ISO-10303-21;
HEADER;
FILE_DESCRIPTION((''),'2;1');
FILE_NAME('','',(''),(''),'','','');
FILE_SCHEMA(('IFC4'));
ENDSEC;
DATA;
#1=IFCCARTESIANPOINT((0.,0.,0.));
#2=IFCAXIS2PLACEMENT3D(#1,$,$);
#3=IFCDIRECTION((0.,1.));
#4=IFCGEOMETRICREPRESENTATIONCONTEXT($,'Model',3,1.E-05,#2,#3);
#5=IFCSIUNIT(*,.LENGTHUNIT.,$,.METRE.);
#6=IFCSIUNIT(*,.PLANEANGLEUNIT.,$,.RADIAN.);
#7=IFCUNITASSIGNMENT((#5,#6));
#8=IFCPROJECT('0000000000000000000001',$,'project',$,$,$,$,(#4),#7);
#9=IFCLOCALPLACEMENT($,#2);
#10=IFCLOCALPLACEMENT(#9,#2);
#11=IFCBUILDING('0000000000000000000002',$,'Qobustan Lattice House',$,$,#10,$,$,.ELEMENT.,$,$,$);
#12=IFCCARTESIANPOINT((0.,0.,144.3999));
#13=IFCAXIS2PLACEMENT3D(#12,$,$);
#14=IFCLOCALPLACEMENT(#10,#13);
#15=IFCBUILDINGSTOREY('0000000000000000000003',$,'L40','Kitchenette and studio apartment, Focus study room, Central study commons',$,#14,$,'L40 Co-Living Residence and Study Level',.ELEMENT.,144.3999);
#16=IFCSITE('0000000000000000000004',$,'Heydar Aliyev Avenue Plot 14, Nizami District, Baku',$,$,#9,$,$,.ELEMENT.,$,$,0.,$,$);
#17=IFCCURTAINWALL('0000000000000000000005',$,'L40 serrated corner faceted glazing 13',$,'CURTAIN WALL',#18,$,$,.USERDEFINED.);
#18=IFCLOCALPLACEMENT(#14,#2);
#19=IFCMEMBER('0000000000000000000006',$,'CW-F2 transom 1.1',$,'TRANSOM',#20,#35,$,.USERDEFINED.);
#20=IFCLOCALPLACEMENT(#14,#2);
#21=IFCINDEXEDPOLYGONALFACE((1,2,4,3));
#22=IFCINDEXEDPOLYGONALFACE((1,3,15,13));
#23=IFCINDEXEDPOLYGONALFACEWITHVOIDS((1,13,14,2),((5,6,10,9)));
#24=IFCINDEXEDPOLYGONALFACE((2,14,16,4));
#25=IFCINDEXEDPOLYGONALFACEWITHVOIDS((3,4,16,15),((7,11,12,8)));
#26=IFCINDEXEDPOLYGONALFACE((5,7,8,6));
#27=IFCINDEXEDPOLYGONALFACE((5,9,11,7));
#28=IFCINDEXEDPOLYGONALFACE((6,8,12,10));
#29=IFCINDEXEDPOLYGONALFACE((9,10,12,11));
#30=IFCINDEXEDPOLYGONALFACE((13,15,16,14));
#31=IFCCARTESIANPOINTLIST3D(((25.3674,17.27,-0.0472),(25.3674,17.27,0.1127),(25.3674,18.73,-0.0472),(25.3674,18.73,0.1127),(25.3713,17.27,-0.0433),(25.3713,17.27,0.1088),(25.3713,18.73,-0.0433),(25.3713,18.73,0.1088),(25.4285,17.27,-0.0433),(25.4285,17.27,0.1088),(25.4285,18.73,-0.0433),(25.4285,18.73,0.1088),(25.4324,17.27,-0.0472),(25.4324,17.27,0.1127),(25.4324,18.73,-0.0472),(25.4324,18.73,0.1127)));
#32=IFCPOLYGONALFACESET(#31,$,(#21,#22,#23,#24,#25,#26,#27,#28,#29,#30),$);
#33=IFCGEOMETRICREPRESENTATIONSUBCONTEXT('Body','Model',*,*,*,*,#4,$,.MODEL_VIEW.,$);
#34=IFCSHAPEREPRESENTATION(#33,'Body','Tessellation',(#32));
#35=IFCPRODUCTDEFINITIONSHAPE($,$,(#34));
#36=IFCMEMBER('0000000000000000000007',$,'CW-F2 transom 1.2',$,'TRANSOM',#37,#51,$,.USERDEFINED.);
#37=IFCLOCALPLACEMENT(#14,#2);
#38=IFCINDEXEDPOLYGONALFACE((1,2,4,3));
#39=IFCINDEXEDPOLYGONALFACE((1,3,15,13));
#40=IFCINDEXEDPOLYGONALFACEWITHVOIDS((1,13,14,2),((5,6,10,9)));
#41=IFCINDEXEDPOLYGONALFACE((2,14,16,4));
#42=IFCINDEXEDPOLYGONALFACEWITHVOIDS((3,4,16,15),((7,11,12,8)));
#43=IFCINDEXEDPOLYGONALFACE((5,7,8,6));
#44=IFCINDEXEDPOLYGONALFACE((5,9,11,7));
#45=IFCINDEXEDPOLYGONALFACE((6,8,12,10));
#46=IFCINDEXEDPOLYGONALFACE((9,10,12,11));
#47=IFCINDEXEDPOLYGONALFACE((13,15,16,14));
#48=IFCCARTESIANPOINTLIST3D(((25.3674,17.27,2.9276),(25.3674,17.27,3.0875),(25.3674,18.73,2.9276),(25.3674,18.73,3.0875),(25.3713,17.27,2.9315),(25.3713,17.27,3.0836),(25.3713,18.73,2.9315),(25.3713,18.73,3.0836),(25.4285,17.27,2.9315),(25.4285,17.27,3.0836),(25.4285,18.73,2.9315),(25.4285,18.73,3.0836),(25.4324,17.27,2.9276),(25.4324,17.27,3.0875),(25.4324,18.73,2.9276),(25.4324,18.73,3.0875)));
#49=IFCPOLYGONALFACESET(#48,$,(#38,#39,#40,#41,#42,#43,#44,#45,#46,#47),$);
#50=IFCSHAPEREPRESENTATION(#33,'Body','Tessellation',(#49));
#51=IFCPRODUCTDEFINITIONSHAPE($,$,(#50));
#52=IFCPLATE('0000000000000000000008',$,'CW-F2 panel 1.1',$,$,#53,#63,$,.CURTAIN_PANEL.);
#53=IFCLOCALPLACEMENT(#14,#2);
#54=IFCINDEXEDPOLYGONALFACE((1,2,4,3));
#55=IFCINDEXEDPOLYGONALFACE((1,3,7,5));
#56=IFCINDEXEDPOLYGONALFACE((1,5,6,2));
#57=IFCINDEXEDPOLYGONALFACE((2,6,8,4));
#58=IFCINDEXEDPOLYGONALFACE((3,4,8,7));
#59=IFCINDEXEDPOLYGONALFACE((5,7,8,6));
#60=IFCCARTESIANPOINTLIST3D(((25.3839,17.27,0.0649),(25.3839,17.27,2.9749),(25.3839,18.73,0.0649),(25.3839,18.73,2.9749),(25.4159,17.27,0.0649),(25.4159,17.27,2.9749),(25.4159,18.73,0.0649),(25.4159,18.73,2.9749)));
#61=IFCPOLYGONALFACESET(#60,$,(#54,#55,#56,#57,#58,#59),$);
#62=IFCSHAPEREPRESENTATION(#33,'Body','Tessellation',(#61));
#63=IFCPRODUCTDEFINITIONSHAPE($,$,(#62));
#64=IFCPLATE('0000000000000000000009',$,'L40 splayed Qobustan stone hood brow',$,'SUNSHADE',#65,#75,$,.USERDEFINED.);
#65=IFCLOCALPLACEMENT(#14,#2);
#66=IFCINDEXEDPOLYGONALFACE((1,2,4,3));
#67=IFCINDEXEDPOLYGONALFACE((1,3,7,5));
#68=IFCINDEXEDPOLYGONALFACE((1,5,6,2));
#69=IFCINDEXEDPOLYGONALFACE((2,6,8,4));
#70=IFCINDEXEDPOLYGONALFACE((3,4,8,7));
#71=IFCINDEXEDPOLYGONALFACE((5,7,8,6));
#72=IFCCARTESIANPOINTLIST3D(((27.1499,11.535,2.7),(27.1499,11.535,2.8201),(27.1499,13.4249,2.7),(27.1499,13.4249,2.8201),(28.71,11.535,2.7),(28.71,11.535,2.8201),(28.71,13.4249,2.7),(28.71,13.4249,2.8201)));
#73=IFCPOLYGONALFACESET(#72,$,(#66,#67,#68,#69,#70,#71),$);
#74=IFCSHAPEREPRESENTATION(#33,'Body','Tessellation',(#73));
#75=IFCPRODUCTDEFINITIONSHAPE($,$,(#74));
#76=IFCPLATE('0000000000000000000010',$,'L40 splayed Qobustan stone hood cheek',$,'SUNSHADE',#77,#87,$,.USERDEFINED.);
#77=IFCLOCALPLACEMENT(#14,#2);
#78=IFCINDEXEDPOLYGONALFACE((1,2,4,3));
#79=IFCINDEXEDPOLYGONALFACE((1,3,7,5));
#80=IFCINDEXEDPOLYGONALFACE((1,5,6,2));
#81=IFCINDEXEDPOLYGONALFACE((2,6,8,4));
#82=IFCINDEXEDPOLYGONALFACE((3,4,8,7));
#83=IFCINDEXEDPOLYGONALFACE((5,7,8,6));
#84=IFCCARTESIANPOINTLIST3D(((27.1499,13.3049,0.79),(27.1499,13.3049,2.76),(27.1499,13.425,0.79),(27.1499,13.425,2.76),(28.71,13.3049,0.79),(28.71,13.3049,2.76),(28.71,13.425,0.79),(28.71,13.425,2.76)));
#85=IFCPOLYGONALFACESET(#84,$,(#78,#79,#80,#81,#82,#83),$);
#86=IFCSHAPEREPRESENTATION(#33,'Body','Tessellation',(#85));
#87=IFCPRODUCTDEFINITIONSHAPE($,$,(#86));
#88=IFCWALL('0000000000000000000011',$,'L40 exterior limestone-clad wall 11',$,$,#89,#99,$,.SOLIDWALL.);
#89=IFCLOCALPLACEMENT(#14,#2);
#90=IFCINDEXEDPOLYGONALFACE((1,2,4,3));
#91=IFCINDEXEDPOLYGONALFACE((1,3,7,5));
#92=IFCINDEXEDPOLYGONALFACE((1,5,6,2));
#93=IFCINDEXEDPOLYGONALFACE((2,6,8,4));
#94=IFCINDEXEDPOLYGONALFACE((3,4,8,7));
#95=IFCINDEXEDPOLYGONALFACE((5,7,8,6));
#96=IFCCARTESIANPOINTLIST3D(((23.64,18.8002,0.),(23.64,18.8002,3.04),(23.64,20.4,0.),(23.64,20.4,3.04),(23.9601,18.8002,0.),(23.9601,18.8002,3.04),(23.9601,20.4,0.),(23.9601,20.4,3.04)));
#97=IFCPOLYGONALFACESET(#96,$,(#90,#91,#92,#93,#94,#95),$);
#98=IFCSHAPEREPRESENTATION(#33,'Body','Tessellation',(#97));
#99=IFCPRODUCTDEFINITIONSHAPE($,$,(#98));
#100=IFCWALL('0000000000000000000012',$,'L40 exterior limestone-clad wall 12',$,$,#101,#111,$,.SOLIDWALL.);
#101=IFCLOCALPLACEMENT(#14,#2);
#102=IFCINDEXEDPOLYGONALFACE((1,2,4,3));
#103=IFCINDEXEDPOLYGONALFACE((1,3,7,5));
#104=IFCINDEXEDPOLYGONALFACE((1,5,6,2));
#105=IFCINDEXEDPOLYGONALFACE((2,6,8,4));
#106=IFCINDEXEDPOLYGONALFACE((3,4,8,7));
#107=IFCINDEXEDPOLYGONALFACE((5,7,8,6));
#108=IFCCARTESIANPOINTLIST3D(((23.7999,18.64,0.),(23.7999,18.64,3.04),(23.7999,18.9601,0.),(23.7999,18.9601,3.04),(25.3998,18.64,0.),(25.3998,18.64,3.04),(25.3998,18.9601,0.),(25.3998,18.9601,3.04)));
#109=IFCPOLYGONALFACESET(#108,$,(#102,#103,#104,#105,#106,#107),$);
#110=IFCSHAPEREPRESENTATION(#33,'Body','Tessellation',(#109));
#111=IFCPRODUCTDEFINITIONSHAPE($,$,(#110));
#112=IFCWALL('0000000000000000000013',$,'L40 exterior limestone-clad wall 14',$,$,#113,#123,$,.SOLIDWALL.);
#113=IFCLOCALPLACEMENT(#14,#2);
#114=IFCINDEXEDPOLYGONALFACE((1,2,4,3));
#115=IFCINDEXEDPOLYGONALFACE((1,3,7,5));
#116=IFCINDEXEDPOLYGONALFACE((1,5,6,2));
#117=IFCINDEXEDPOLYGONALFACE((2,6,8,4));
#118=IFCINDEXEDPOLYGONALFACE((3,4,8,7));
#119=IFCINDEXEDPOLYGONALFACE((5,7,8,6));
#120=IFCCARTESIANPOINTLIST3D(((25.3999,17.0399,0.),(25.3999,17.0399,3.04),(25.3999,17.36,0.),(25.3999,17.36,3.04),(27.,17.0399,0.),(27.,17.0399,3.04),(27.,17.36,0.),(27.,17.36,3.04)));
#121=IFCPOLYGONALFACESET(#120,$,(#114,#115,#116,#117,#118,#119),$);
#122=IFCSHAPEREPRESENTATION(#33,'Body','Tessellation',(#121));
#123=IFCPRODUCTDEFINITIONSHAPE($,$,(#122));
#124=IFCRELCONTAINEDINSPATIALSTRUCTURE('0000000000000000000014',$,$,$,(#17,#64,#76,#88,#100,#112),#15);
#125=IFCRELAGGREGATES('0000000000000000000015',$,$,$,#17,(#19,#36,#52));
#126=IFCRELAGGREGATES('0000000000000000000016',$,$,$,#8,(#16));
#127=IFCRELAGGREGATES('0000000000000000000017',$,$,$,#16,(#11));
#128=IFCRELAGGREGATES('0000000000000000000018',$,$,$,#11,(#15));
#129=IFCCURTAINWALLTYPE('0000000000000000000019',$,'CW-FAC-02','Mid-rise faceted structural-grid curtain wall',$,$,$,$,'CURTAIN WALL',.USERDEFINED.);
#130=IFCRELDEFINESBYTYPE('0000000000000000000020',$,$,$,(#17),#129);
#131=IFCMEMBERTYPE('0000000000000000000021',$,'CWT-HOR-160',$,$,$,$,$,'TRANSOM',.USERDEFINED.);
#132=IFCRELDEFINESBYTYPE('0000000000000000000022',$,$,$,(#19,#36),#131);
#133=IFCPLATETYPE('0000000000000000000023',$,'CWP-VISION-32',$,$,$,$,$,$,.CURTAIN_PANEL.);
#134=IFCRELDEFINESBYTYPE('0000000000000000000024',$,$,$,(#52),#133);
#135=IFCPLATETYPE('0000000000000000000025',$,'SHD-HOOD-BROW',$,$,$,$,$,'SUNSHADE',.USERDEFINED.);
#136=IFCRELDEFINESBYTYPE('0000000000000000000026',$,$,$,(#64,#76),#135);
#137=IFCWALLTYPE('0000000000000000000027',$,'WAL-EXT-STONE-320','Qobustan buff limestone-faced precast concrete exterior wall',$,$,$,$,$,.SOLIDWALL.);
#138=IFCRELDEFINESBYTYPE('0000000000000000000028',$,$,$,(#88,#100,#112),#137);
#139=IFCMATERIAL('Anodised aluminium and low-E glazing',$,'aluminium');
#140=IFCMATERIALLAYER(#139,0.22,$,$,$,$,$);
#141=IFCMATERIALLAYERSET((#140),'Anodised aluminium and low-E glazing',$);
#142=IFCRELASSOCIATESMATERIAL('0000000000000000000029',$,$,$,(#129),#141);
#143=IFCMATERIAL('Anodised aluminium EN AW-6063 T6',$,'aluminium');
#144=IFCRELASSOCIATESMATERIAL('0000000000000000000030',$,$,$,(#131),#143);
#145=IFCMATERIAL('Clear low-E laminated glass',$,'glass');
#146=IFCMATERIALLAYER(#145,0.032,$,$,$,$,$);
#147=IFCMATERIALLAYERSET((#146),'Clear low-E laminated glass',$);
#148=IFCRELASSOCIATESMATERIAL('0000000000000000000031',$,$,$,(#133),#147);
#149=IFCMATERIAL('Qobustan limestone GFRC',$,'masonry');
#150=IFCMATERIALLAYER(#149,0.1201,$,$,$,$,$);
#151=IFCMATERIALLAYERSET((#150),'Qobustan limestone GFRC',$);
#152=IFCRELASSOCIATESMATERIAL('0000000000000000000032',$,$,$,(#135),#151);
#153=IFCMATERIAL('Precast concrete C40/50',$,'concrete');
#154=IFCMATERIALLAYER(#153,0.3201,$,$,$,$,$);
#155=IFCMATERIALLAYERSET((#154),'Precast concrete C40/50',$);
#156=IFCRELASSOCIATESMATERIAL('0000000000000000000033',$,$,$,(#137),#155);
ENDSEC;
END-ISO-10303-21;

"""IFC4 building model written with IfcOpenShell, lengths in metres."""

from ifc_helpers import new_model, si_unit, direction, frame, frame_2d, origin, origin_2d, place, context, subcontext, project, spatial, rectangle, hollow_rectangle, extrude, material, layer, layer_set, material_profile, profile_set, type_object, element, aggregate, save


model = new_model("IFC4")

# Units and contexts
model_context = context("Model", 3, precision=1e-05, world=origin(), true_north=direction((0.0, 1.0)))
body_context = subcontext(model_context, "Body", "Model", "MODEL_VIEW")
ifc_project = project(units=[si_unit("LENGTHUNIT", "METRE"), si_unit("PLANEANGLEUNIT", "RADIAN")], contexts=[model_context])

# Site, building, storey
site_placement = place(None, origin())
site = spatial("IfcSite", under=ifc_project, at=site_placement, Name="Heydar Aliyev Avenue Plot 14, Nizami District, Baku", CompositionType="ELEMENT", RefElevation=0.0)
building_placement = place(site_placement, origin())
building = spatial("IfcBuilding", under=site, at=building_placement, Name="Qobustan Lattice House", CompositionType="ELEMENT")
storey_placement = place(building_placement, frame((0.0, 0.0, 144.3999)))
storey = spatial("IfcBuildingStorey", under=building, at=storey_placement, Name="L40", Description="Kitchenette and studio apartment, Focus study room, Central study commons", LongName="L40 Co-Living Residence and Study Level", CompositionType="ELEMENT", Elevation=144.3999)

# Curtain wall, members, plate
ifc_material_1 = material(Name="Anodised aluminium and low-E glazing", Category="aluminium")
ifc_layer_1 = layer(ifc_material_1, 0.22)
ifc_layer_set_1 = layer_set([ifc_layer_1], Name="Anodised aluminium and low-E glazing")
curtain_wall_type = type_object("IfcCurtainWallType", Name="CW-FAC-02", Description="Mid-rise faceted structural-grid curtain wall", ElementType="CURTAIN WALL", PredefinedType="USERDEFINED", material=ifc_layer_set_1)
curtain_wall_placement = place(storey_placement, origin())
curtain_wall = element("IfcCurtainWall", 1, at=curtain_wall_placement, inside=storey, type_object=curtain_wall_type, Name="L40 serrated corner faceted glazing 13", ObjectType="CURTAIN WALL", PredefinedType="USERDEFINED")
ifc_material_2 = material(Name="Anodised aluminium EN AW-6063 T6", Category="aluminium")
ifc_material_profile_1 = material_profile(ifc_material_2, hollow_rectangle(XDim=0.0649, YDim=0.1599, WallThickness=0.0039, at=origin_2d()), Name="CWT-160x65")
ifc_profile_set_1 = profile_set([ifc_material_profile_1], Name="Anodised aluminium EN AW-6063 T6")
member_type_1 = type_object("IfcMemberType", Name="CWT-HOR-160", ElementType="TRANSOM", PredefinedType="USERDEFINED", material=ifc_profile_set_1)
member_1_placement = place(storey_placement, frame((25.3999, 18.73, 0.0327), z_axis=(0.0, -1.0, 0.0), x_axis=(1.0, 0.0, 0.0)))
member_1 = element("IfcMember", 2, at=member_1_placement, type_object=member_type_1, Name="CW-F2 transom 1.1", ObjectType="TRANSOM", PredefinedType="USERDEFINED", context=body_context, shape_type="SweptSolid", body=[
    extrude(hollow_rectangle(XDim=0.0649, YDim=0.1599, WallThickness=0.0039, at=origin_2d()), origin(), (0.0, 0.0, 1.0), 1.46),
])
member_2_placement = place(storey_placement, frame((25.3999, 18.73, 3.0076), z_axis=(0.0, -1.0, 0.0), x_axis=(1.0, 0.0, 0.0)))
member_2 = element("IfcMember", 3, at=member_2_placement, type_object=member_type_1, Name="CW-F2 transom 1.2", ObjectType="TRANSOM", PredefinedType="USERDEFINED", context=body_context, shape_type="SweptSolid", body=[
    extrude(hollow_rectangle(XDim=0.0649, YDim=0.1599, WallThickness=0.0039, at=origin_2d()), origin(), (0.0, 0.0, 1.0), 1.46),
])
ifc_material_3 = material(Name="Clear low-E laminated glass", Category="glass")
ifc_layer_2 = layer(ifc_material_3, 0.032)
ifc_layer_set_2 = layer_set([ifc_layer_2], Name="Clear low-E laminated glass")
plate_type_1 = type_object("IfcPlateType", Name="CWP-VISION-32", PredefinedType="CURTAIN_PANEL", material=ifc_layer_set_2)
plate_1_placement = place(storey_placement, frame((25.3999, 18.0, 0.0649), z_axis=(0.0, 0.0, 1.0), x_axis=(0.0, -1.0, 0.0)))
plate_1 = element("IfcPlate", 4, at=plate_1_placement, type_object=plate_type_1, Name="CW-F2 panel 1.1", PredefinedType="CURTAIN_PANEL", context=body_context, shape_type="SweptSolid", body=[
    extrude(rectangle(XDim=1.46, YDim=0.032, at=origin_2d()), origin(), (0.0, 0.0, 1.0), 2.9099),
])
aggregate(curtain_wall, [member_1, member_2, plate_1])

# Plates
ifc_material_4 = material(Name="Qobustan limestone GFRC", Category="masonry")
ifc_layer_3 = layer(ifc_material_4, 0.1201)
ifc_layer_set_3 = layer_set([ifc_layer_3], Name="Qobustan limestone GFRC")
plate_type_2 = type_object("IfcPlateType", Name="SHD-HOOD-BROW", ElementType="SUNSHADE", PredefinedType="USERDEFINED", material=ifc_layer_set_3)
plate_2_placement = place(storey_placement, frame((27.9299, 12.48, 2.7), z_axis=(0.0, 0.0, 1.0), x_axis=(0.0, -1.0, 0.0)))
element("IfcPlate", 5, at=plate_2_placement, inside=storey, type_object=plate_type_2, Name="L40 splayed Qobustan stone hood brow", ObjectType="SUNSHADE", PredefinedType="USERDEFINED", context=body_context, shape_type="SweptSolid", body=[
    extrude(rectangle(XDim=1.8899, YDim=1.5601, at=origin_2d()), origin(), (0.0, 0.0, 1.0), 0.1201),
])
plate_3_placement = place(storey_placement, frame((27.9299, 13.365, 0.79), z_axis=(0.0, 0.0, 1.0), x_axis=(0.0, -1.0, 0.0)))
element("IfcPlate", 6, at=plate_3_placement, inside=storey, type_object=plate_type_2, Name="L40 splayed Qobustan stone hood cheek", ObjectType="SUNSHADE", PredefinedType="USERDEFINED", context=body_context, shape_type="SweptSolid", body=[
    extrude(rectangle(XDim=0.1201, YDim=1.5601, at=origin_2d()), origin(), (0.0, 0.0, 1.0), 1.97),
])

# Walls
ifc_material_5 = material(Name="Precast concrete C40/50", Category="concrete")
ifc_layer_4 = layer(ifc_material_5, 0.3201)
ifc_layer_set_4 = layer_set([ifc_layer_4], Name="Precast concrete C40/50")
wall_type_1 = type_object("IfcWallType", Name="WAL-EXT-STONE-320", Description="Qobustan buff limestone-faced precast concrete exterior wall", PredefinedType="SOLIDWALL", material=ifc_layer_set_4)
for number, where, z_axis, x_axis, name in (
    (7, (23.8, 20.3999, 0.0), (0.0, 0.0, 1.0), (0.0, -1.0, 0.0), "L40 exterior limestone-clad wall 11"),
    (8, (23.8, 18.8, 0.0), (0.0, 0.0, 1.0), (1.0, 0.0, 0.0), "L40 exterior limestone-clad wall 12"),
):
    element("IfcWall", number, at=place(storey_placement, frame(where, z_axis=z_axis, x_axis=x_axis)), inside=storey, type_object=wall_type_1, Name=name, PredefinedType="SOLIDWALL", context=body_context, shape_type="SweptSolid", body=[
        extrude(rectangle(XDim=1.5999, YDim=0.3201, at=frame_2d((0.7998, 0.0))), origin(), (0.0, 0.0, 1.0), 3.04),
    ])
wall_1_placement = place(storey_placement, frame((25.3999, 17.2, 0.0), z_axis=(0.0, 0.0, 1.0), x_axis=(1.0, 0.0, 0.0)))
element("IfcWall", 9, at=wall_1_placement, inside=storey, type_object=wall_type_1, Name="L40 exterior limestone-clad wall 14", PredefinedType="SOLIDWALL", context=body_context, shape_type="SweptSolid", body=[
    extrude(rectangle(XDim=1.6001, YDim=0.3201, at=frame_2d((0.8, 0.0))), origin(), (0.0, 0.0, 1.0), 3.04),
])

save(model, "model.ifc")
